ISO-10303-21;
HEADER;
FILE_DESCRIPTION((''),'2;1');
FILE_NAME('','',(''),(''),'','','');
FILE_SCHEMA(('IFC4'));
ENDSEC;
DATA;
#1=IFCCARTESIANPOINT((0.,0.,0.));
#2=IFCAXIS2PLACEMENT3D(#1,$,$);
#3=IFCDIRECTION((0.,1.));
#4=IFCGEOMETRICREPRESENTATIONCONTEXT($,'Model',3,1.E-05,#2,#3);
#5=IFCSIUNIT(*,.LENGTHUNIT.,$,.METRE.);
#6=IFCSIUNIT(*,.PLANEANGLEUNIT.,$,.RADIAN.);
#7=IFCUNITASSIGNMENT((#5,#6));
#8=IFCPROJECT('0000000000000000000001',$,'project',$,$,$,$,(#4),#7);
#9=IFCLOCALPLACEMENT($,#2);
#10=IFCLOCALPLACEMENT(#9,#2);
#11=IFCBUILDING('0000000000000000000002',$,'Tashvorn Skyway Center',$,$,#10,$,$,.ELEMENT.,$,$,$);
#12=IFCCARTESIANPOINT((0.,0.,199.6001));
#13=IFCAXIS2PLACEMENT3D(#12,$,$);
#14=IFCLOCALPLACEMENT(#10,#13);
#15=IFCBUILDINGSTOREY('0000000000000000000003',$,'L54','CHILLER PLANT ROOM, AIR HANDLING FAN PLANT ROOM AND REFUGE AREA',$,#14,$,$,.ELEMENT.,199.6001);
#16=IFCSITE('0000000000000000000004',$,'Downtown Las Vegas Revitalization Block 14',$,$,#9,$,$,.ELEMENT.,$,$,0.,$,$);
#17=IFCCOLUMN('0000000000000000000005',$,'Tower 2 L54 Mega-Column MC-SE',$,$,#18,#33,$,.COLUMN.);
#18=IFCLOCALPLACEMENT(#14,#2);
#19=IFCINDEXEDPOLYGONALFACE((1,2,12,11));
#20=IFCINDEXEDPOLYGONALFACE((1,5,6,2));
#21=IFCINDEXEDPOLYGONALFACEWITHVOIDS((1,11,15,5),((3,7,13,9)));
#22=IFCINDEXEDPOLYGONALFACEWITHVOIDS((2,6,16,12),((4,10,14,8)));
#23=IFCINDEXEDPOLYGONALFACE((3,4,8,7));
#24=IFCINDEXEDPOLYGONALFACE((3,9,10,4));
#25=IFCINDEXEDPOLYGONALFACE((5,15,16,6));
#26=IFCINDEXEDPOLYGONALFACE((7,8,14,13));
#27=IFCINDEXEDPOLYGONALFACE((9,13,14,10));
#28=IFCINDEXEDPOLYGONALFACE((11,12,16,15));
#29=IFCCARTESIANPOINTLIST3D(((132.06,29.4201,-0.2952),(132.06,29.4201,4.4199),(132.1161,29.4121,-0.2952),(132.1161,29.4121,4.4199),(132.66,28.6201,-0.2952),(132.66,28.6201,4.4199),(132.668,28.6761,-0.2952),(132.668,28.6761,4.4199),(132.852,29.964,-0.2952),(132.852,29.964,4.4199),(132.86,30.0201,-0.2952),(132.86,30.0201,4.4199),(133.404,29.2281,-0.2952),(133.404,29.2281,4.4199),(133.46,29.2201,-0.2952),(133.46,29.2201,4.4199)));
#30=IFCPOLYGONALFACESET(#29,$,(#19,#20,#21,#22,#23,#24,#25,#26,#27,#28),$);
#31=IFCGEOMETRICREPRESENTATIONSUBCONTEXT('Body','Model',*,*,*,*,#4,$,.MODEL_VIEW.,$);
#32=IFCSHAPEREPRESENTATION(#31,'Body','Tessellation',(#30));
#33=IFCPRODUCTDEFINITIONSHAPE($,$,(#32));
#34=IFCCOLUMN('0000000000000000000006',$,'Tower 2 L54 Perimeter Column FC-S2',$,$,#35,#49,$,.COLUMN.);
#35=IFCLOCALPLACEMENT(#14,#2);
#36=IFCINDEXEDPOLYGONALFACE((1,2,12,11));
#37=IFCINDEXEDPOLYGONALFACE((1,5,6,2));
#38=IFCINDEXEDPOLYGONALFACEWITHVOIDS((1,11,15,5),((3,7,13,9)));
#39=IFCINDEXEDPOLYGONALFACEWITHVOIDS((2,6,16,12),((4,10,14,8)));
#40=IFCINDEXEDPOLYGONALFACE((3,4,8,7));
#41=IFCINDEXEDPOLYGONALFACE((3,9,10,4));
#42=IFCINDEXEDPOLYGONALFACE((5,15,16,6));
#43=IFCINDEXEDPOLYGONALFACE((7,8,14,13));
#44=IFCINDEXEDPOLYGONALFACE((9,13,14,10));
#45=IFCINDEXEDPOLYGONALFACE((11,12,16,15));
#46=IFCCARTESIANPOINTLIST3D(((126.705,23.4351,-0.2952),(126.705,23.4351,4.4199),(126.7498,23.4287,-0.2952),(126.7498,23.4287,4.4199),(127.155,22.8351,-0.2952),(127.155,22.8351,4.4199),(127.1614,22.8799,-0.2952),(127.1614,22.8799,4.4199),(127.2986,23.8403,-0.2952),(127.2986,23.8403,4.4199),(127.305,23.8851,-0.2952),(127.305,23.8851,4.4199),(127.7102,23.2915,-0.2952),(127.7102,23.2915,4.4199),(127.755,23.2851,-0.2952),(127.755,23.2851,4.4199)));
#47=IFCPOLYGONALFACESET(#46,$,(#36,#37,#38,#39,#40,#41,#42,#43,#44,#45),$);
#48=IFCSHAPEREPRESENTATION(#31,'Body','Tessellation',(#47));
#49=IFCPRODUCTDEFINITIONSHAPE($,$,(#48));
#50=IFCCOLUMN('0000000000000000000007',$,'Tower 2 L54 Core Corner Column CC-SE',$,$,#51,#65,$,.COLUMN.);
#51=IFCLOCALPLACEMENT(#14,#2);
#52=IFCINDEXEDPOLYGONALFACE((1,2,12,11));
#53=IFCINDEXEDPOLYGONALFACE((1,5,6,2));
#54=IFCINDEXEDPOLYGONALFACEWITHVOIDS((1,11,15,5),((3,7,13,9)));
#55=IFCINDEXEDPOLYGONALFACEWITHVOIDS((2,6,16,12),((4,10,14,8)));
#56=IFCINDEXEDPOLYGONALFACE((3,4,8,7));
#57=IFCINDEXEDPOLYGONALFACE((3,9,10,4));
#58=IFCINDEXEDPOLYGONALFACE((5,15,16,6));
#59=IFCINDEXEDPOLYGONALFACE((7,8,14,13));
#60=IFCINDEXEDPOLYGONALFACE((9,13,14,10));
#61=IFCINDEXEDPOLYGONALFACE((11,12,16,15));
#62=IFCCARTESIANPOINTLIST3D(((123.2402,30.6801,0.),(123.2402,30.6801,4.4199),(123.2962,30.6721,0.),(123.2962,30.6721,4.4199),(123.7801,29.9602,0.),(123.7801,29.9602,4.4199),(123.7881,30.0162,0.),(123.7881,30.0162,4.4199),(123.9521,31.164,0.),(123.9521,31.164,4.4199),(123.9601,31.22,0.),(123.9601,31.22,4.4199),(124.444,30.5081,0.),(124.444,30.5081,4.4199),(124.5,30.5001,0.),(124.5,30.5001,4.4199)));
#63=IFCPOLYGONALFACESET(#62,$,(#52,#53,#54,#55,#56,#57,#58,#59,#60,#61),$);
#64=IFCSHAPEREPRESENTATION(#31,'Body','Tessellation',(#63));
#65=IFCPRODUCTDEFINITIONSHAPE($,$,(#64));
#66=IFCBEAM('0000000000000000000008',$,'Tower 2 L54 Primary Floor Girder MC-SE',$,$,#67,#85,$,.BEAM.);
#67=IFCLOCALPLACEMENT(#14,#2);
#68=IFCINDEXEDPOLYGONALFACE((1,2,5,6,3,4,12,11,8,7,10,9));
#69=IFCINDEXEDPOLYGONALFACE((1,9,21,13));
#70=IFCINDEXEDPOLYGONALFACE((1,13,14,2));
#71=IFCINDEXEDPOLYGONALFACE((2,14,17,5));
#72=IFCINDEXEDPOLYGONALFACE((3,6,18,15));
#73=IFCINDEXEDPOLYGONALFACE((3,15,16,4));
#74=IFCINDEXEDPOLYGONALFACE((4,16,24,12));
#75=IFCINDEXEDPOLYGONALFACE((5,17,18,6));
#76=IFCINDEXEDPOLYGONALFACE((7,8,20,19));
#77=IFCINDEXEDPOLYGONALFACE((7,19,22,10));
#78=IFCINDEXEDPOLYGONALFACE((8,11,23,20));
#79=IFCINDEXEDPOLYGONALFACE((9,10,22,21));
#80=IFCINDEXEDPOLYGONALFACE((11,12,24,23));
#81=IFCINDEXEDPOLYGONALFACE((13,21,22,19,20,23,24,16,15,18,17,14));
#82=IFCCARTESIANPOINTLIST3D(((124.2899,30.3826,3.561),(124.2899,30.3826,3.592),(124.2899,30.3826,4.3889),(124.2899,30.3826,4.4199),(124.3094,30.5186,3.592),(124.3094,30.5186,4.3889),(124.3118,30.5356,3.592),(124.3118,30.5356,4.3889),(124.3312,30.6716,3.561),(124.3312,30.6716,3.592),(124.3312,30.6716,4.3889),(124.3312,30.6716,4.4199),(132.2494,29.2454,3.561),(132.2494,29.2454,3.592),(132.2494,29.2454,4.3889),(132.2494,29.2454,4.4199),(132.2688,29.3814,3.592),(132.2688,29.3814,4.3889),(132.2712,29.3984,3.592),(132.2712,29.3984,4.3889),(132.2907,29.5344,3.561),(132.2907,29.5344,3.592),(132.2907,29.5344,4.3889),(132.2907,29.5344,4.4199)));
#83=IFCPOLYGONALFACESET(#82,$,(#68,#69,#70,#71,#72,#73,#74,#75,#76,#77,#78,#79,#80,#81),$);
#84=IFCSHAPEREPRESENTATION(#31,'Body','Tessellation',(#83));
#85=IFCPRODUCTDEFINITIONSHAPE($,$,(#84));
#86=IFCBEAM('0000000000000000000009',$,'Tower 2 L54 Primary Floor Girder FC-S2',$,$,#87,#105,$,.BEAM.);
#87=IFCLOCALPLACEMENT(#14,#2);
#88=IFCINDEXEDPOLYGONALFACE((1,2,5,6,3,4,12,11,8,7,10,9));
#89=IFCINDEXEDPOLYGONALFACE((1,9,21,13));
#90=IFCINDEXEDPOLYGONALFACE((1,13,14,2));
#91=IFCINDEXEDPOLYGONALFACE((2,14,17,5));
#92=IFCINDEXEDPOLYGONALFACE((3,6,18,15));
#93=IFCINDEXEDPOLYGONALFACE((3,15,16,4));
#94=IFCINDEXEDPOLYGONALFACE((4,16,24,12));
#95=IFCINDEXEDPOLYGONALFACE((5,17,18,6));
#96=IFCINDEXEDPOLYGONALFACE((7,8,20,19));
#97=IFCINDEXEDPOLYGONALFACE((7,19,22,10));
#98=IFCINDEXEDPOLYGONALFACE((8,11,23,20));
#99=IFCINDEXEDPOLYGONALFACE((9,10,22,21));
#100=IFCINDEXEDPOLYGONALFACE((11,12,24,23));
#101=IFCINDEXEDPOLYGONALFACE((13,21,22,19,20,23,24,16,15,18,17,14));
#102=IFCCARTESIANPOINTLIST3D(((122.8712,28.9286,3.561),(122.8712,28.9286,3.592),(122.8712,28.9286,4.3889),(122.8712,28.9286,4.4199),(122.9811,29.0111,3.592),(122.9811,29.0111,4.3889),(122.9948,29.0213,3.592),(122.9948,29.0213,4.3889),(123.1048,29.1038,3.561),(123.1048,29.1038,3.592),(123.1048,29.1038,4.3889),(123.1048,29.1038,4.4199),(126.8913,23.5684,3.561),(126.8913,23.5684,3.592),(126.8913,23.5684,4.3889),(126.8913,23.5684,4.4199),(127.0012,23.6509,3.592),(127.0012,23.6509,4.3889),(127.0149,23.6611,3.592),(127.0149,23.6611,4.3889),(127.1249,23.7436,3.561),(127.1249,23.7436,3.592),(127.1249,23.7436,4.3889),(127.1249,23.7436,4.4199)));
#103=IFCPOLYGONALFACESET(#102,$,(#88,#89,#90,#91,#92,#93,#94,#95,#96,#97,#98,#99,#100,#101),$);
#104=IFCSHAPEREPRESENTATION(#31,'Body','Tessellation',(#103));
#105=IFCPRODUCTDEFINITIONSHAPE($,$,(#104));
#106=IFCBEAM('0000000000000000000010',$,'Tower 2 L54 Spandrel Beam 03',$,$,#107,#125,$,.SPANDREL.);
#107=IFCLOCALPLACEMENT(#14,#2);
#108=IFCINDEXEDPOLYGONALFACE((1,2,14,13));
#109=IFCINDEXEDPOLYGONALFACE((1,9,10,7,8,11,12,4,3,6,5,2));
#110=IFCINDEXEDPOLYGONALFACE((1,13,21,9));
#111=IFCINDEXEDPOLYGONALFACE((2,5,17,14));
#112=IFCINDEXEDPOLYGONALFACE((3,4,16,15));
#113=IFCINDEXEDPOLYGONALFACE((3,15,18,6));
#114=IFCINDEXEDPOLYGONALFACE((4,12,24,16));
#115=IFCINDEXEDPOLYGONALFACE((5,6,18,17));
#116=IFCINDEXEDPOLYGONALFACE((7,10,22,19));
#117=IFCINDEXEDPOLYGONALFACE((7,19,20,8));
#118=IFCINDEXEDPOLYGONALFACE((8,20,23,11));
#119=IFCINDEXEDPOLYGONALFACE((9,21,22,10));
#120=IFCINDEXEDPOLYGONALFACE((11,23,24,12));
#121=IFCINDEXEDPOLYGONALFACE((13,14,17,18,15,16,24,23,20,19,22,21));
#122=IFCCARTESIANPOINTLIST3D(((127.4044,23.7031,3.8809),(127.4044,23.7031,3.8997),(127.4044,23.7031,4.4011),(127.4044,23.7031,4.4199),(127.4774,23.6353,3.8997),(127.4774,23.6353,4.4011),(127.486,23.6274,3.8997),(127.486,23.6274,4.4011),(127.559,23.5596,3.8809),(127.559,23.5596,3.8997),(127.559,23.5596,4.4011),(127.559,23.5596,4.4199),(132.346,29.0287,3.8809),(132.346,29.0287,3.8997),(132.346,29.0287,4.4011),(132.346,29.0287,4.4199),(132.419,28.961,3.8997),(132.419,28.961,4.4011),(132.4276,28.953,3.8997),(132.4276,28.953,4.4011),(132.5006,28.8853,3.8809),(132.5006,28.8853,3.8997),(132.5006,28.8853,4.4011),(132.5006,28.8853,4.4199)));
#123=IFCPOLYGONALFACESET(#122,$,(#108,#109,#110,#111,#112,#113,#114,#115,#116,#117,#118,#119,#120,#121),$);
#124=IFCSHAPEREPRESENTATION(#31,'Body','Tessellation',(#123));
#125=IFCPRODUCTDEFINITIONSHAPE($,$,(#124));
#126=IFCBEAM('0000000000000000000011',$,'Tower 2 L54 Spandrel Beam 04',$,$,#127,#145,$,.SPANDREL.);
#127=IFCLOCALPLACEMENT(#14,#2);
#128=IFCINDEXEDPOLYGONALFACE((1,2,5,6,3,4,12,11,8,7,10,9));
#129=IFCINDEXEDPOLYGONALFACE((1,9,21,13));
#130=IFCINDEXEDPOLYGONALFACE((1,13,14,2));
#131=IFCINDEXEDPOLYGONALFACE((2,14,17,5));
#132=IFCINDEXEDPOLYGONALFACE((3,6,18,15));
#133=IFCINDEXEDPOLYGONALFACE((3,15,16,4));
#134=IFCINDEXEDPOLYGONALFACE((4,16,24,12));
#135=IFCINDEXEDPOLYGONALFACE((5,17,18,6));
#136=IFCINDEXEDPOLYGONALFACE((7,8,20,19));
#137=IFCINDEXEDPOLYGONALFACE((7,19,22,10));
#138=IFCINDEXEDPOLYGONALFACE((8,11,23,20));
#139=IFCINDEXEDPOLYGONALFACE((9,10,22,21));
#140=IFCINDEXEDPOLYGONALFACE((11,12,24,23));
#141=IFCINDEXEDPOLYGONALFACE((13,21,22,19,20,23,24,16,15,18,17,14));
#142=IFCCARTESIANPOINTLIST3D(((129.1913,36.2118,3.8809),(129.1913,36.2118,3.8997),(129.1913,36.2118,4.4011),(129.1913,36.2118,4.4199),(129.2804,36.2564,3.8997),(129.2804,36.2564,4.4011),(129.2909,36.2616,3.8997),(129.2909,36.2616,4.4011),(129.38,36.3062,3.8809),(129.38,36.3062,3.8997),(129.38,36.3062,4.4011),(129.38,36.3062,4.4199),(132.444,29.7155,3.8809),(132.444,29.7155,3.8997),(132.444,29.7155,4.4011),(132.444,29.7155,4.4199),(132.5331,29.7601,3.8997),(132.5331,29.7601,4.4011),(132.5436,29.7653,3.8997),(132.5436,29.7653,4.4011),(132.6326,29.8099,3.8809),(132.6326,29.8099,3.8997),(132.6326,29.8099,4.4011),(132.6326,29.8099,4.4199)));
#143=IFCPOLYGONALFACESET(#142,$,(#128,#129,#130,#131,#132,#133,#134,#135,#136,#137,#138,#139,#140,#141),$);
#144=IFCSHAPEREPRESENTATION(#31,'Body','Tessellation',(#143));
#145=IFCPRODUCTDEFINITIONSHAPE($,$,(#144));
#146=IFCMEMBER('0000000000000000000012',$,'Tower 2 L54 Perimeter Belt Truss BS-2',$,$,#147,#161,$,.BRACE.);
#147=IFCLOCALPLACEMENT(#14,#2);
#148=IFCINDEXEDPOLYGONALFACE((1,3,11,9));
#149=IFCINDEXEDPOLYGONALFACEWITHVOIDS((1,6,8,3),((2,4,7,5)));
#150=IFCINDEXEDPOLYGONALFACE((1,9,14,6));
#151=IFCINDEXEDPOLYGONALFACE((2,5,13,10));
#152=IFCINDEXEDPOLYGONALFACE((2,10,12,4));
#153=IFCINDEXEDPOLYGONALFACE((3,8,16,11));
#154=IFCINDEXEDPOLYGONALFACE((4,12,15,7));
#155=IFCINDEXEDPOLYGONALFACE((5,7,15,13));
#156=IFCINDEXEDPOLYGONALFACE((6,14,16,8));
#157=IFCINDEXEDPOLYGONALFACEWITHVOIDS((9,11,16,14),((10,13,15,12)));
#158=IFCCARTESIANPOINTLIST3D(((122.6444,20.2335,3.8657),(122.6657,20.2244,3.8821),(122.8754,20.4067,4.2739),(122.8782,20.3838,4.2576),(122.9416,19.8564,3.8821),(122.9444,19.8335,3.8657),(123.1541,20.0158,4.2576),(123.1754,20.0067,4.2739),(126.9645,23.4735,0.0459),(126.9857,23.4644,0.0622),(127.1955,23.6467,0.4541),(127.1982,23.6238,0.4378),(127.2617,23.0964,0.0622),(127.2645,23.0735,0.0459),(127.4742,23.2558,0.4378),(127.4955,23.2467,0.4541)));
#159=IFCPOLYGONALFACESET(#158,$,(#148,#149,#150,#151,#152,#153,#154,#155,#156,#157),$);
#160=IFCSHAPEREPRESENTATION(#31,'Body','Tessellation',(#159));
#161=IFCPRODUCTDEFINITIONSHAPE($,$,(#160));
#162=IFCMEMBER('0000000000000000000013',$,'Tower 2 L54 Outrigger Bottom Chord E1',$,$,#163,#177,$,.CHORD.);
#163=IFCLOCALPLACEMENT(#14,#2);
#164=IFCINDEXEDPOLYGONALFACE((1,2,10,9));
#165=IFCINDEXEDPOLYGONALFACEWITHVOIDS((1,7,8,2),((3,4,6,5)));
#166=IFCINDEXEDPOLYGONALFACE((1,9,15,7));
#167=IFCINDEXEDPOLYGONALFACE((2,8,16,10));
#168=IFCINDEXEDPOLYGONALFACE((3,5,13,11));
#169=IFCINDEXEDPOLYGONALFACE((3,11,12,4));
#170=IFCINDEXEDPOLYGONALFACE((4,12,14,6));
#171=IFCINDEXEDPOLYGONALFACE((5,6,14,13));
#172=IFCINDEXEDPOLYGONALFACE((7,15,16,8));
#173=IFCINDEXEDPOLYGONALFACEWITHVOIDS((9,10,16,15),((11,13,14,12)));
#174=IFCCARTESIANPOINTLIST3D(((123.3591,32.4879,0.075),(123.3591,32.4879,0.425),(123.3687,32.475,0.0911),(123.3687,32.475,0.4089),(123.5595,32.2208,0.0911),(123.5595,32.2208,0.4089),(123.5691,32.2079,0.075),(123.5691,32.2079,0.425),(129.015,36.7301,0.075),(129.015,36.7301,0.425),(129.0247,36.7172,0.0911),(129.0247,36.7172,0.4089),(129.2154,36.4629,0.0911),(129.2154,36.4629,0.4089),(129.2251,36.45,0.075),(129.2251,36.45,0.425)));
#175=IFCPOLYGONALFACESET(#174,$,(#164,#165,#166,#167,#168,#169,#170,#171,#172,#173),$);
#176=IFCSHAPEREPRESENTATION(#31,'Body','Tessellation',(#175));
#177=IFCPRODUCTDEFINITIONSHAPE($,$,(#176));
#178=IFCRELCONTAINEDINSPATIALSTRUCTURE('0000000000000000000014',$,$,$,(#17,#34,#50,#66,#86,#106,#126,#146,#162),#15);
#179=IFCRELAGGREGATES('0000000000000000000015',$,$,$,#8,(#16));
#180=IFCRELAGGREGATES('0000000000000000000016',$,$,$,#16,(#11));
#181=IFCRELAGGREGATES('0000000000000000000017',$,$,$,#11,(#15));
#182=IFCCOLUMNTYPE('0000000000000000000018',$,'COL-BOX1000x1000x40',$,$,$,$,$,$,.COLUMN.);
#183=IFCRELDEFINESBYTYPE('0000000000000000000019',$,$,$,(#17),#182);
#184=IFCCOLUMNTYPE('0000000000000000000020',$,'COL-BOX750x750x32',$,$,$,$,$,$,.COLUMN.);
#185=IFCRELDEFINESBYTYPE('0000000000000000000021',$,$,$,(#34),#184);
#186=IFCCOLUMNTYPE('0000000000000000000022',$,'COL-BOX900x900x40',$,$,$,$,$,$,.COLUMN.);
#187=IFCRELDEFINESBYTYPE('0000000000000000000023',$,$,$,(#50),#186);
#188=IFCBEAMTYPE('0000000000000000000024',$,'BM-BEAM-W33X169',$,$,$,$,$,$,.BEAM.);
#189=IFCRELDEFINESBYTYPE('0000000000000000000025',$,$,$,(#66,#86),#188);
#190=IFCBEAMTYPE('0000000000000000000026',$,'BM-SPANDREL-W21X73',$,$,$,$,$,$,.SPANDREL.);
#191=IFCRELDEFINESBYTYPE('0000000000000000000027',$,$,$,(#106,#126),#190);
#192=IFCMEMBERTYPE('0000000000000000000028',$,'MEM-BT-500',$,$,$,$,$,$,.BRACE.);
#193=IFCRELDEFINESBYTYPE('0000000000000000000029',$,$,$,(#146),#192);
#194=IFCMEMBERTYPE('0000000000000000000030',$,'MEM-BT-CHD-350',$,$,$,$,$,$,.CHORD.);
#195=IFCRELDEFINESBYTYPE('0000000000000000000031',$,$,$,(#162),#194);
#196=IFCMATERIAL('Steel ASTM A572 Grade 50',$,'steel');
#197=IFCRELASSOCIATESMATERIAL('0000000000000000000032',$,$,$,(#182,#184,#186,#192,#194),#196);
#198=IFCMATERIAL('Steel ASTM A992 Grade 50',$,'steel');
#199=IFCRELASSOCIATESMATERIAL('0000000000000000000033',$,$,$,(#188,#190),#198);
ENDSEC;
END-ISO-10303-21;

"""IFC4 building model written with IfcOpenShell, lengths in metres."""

from ifc_helpers import new_model, si_unit, direction, frame, origin, origin_2d, place, context, subcontext, project, spatial, hollow_rectangle, i_section, extrude, material, material_profile, profile_set, type_object, element, save


model = new_model("IFC4")

# Units and contexts
model_context = context("Model", 3, precision=1e-05, world=origin(), true_north=direction((0.0, 1.0)))
body_context = subcontext(model_context, "Body", "Model", "MODEL_VIEW")
ifc_project = project(units=[si_unit("LENGTHUNIT", "METRE"), si_unit("PLANEANGLEUNIT", "RADIAN")], contexts=[model_context])

# Site, building, storey
site_placement = place(None, origin())
site = spatial("IfcSite", under=ifc_project, at=site_placement, Name="Downtown Las Vegas Revitalization Block 14", CompositionType="ELEMENT", RefElevation=0.0)
building_placement = place(site_placement, origin())
building = spatial("IfcBuilding", under=site, at=building_placement, Name="Tashvorn Skyway Center", CompositionType="ELEMENT")
storey_placement = place(building_placement, frame((0.0, 0.0, 199.6001)))
storey = spatial("IfcBuildingStorey", under=building, at=storey_placement, Name="L54", Description="CHILLER PLANT ROOM, AIR HANDLING FAN PLANT ROOM AND REFUGE AREA", CompositionType="ELEMENT", Elevation=199.6001)

# Columns
ifc_material_1 = material(Name="Steel ASTM A572 Grade 50", Category="steel")
ifc_material_profile_1 = material_profile(ifc_material_1, hollow_rectangle(XDim=1.0, YDim=1.0, WallThickness=0.04, at=origin_2d()), Name="BOX1000x1000x40")
ifc_profile_set_1 = profile_set([ifc_material_profile_1], Name="Steel ASTM A572 Grade 50")
column_type_1 = type_object("IfcColumnType", Name="COL-BOX1000x1000x40", PredefinedType="COLUMN", material=ifc_profile_set_1)
column_1_placement = place(storey_placement, frame((132.76, 29.3201, -0.2952), z_axis=(0.0, 0.0, 1.0), x_axis=(0.8, 0.6, 0.0)))
element("IfcColumn", 1, at=column_1_placement, inside=storey, type_object=column_type_1, Name="Tower 2 L54 Mega-Column MC-SE", PredefinedType="COLUMN", context=body_context, shape_type="SweptSolid", body=[
    extrude(hollow_rectangle(XDim=1.0, YDim=1.0, WallThickness=0.04, at=origin_2d()), origin(), (0.0, 0.0, 1.0), 4.7151),
])
ifc_material_profile_2 = material_profile(ifc_material_1, hollow_rectangle(XDim=0.75, YDim=0.75, WallThickness=0.032, at=origin_2d()), Name="BOX750x750x32")
ifc_profile_set_2 = profile_set([ifc_material_profile_2], Name="Steel ASTM A572 Grade 50")
column_type_2 = type_object("IfcColumnType", Name="COL-BOX750x750x32", PredefinedType="COLUMN", material=ifc_profile_set_2)
column_2_placement = place(storey_placement, frame((127.23, 23.3601, -0.2952), z_axis=(0.0, 0.0, 1.0), x_axis=(0.8, 0.6, 0.0)))
element("IfcColumn", 2, at=column_2_placement, inside=storey, type_object=column_type_2, Name="Tower 2 L54 Perimeter Column FC-S2", PredefinedType="COLUMN", context=body_context, shape_type="SweptSolid", body=[
    extrude(hollow_rectangle(XDim=0.75, YDim=0.75, WallThickness=0.032, at=origin_2d()), origin(), (0.0, 0.0, 1.0), 4.7151),
])
ifc_material_profile_3 = material_profile(ifc_material_1, hollow_rectangle(XDim=0.8999, YDim=0.8999, WallThickness=0.04, at=origin_2d()), Name="BOX900x900x40")
ifc_profile_set_3 = profile_set([ifc_material_profile_3], Name="Steel ASTM A572 Grade 50")
column_type_3 = type_object("IfcColumnType", Name="COL-BOX900x900x40", PredefinedType="COLUMN", material=ifc_profile_set_3)
column_3_placement = place(storey_placement, frame((123.8701, 30.5901, 0.0), z_axis=(0.0, 0.0, 1.0), x_axis=(0.8, 0.6, 0.0)))
element("IfcColumn", 3, at=column_3_placement, inside=storey, type_object=column_type_3, Name="Tower 2 L54 Core Corner Column CC-SE", PredefinedType="COLUMN", context=body_context, shape_type="SweptSolid", body=[
    extrude(hollow_rectangle(XDim=0.8999, YDim=0.8999, WallThickness=0.04, at=origin_2d()), origin(), (0.0, 0.0, 1.0), 4.4199),
])

# Beams
ifc_material_2 = material(Name="Steel ASTM A992 Grade 50", Category="steel")
ifc_material_profile_4 = material_profile(ifc_material_2, i_section(OverallWidth=0.292, OverallDepth=0.8589, WebThickness=0.0171, FlangeThickness=0.031, at=origin_2d()), Name="W33X169")
ifc_profile_set_4 = profile_set([ifc_material_profile_4], Name="Steel ASTM A992 Grade 50")
beam_type_1 = type_object("IfcBeamType", Name="BM-BEAM-W33X169", PredefinedType="BEAM", material=ifc_profile_set_4)
beam_1_placement = place(storey_placement, frame((132.27, 29.3899, 3.9905), z_axis=(-0.989947, 0.141438, 0.0), x_axis=(-0.141438, -0.989947, 0.0)))
element("IfcBeam", 4, at=beam_1_placement, inside=storey, type_object=beam_type_1, Name="Tower 2 L54 Primary Floor Girder MC-SE", PredefinedType="BEAM", context=body_context, shape_type="SweptSolid", body=[
    extrude(i_section(OverallWidth=0.292, OverallDepth=0.8589, WebThickness=0.0171, FlangeThickness=0.031, at=origin_2d()), origin(), (0.0, 0.0, 1.0), 8.0403),
])
beam_2_placement = place(storey_placement, frame((127.0081, 23.656, 3.9905), z_axis=(-0.599994, 0.800004, 0.0), x_axis=(-0.800004, -0.599994, 0.0)))
element("IfcBeam", 5, at=beam_2_placement, inside=storey, type_object=beam_type_1, Name="Tower 2 L54 Primary Floor Girder FC-S2", PredefinedType="BEAM", context=body_context, shape_type="SweptSolid", body=[
    extrude(i_section(OverallWidth=0.292, OverallDepth=0.8589, WebThickness=0.0171, FlangeThickness=0.031, at=origin_2d()), origin(), (0.0, 0.0, 1.0), 6.7002),
])
ifc_material_profile_5 = material_profile(ifc_material_2, i_section(OverallWidth=0.2109, OverallDepth=0.5391, WebThickness=0.0117, FlangeThickness=0.0188, at=origin_2d()), Name="W21X73")
ifc_profile_set_5 = profile_set([ifc_material_profile_5], Name="Steel ASTM A992 Grade 50")
beam_type_2 = type_object("IfcBeamType", Name="BM-SPANDREL-W21X73", PredefinedType="SPANDREL", material=ifc_profile_set_5)
for number, where, z_axis, x_axis, name in (
    (6, (127.4817, 23.6313, 4.1504), (0.680183, 0.733042, 0.0), (-0.733042, 0.680183, 0.0), "Tower 2 L54 Spandrel Beam 03"),
    (7, (132.5383, 29.7627, 4.1504), (-0.447711, 0.894178, 0.0), (-0.894178, -0.447711, 0.0), "Tower 2 L54 Spandrel Beam 04"),
):
    element("IfcBeam", number, at=place(storey_placement, frame(where, z_axis=z_axis, x_axis=x_axis)), inside=storey, type_object=beam_type_2, Name=name, PredefinedType="SPANDREL", context=body_context, shape_type="SweptSolid", body=[
        extrude(i_section(OverallWidth=0.2109, OverallDepth=0.5391, WebThickness=0.0117, FlangeThickness=0.0188, at=origin_2d()), origin(), (0.0, 0.0, 1.0), 7.2651),
    ])

# Members
ifc_material_profile_6 = material_profile(ifc_material_1, hollow_rectangle(XDim=0.5, YDim=0.5, WallThickness=0.02, at=origin_2d()), Name="HSS500x500x20")
ifc_profile_set_6 = profile_set([ifc_material_profile_6], Name="Steel ASTM A572 Grade 50")
member_type_1 = type_object("IfcMemberType", Name="MEM-BT-500", PredefinedType="BRACE", material=ifc_profile_set_6)
member_1_placement = place(storey_placement, frame((122.9099, 20.1201, 4.0698), z_axis=(0.653121, 0.489832, -0.577493), x_axis=(-0.599993, 0.800005, 0.0)))
element("IfcMember", 8, at=member_1_placement, inside=storey, type_object=member_type_1, Name="Tower 2 L54 Perimeter Belt Truss BS-2", PredefinedType="BRACE", context=body_context, shape_type="SweptSolid", body=[
    extrude(hollow_rectangle(XDim=0.5, YDim=0.5, WallThickness=0.02, at=origin_2d()), origin(), (0.0, 0.0, 1.0), 6.6145),
])
ifc_material_profile_7 = material_profile(ifc_material_1, hollow_rectangle(XDim=0.3501, YDim=0.3501, WallThickness=0.0161, at=origin_2d()), Name="HSS350x350x16")
ifc_profile_set_7 = profile_set([ifc_material_profile_7], Name="Steel ASTM A572 Grade 50")
member_type_2 = type_object("IfcMemberType", Name="MEM-BT-CHD-350", PredefinedType="CHORD", material=ifc_profile_set_7)
member_2_placement = place(storey_placement, frame((123.4641, 32.3479, 0.25), z_axis=(0.799988, 0.600017, 0.0), x_axis=(-0.600017, 0.799988, 0.0)))
element("IfcMember", 9, at=member_2_placement, inside=storey, type_object=member_type_2, Name="Tower 2 L54 Outrigger Bottom Chord E1", PredefinedType="CHORD", context=body_context, shape_type="SweptSolid", body=[
    extrude(hollow_rectangle(XDim=0.3501, YDim=0.3501, WallThickness=0.0161, at=origin_2d()), origin(), (0.0, 0.0, 1.0), 7.0701),
])

save(model, "model.ifc")
